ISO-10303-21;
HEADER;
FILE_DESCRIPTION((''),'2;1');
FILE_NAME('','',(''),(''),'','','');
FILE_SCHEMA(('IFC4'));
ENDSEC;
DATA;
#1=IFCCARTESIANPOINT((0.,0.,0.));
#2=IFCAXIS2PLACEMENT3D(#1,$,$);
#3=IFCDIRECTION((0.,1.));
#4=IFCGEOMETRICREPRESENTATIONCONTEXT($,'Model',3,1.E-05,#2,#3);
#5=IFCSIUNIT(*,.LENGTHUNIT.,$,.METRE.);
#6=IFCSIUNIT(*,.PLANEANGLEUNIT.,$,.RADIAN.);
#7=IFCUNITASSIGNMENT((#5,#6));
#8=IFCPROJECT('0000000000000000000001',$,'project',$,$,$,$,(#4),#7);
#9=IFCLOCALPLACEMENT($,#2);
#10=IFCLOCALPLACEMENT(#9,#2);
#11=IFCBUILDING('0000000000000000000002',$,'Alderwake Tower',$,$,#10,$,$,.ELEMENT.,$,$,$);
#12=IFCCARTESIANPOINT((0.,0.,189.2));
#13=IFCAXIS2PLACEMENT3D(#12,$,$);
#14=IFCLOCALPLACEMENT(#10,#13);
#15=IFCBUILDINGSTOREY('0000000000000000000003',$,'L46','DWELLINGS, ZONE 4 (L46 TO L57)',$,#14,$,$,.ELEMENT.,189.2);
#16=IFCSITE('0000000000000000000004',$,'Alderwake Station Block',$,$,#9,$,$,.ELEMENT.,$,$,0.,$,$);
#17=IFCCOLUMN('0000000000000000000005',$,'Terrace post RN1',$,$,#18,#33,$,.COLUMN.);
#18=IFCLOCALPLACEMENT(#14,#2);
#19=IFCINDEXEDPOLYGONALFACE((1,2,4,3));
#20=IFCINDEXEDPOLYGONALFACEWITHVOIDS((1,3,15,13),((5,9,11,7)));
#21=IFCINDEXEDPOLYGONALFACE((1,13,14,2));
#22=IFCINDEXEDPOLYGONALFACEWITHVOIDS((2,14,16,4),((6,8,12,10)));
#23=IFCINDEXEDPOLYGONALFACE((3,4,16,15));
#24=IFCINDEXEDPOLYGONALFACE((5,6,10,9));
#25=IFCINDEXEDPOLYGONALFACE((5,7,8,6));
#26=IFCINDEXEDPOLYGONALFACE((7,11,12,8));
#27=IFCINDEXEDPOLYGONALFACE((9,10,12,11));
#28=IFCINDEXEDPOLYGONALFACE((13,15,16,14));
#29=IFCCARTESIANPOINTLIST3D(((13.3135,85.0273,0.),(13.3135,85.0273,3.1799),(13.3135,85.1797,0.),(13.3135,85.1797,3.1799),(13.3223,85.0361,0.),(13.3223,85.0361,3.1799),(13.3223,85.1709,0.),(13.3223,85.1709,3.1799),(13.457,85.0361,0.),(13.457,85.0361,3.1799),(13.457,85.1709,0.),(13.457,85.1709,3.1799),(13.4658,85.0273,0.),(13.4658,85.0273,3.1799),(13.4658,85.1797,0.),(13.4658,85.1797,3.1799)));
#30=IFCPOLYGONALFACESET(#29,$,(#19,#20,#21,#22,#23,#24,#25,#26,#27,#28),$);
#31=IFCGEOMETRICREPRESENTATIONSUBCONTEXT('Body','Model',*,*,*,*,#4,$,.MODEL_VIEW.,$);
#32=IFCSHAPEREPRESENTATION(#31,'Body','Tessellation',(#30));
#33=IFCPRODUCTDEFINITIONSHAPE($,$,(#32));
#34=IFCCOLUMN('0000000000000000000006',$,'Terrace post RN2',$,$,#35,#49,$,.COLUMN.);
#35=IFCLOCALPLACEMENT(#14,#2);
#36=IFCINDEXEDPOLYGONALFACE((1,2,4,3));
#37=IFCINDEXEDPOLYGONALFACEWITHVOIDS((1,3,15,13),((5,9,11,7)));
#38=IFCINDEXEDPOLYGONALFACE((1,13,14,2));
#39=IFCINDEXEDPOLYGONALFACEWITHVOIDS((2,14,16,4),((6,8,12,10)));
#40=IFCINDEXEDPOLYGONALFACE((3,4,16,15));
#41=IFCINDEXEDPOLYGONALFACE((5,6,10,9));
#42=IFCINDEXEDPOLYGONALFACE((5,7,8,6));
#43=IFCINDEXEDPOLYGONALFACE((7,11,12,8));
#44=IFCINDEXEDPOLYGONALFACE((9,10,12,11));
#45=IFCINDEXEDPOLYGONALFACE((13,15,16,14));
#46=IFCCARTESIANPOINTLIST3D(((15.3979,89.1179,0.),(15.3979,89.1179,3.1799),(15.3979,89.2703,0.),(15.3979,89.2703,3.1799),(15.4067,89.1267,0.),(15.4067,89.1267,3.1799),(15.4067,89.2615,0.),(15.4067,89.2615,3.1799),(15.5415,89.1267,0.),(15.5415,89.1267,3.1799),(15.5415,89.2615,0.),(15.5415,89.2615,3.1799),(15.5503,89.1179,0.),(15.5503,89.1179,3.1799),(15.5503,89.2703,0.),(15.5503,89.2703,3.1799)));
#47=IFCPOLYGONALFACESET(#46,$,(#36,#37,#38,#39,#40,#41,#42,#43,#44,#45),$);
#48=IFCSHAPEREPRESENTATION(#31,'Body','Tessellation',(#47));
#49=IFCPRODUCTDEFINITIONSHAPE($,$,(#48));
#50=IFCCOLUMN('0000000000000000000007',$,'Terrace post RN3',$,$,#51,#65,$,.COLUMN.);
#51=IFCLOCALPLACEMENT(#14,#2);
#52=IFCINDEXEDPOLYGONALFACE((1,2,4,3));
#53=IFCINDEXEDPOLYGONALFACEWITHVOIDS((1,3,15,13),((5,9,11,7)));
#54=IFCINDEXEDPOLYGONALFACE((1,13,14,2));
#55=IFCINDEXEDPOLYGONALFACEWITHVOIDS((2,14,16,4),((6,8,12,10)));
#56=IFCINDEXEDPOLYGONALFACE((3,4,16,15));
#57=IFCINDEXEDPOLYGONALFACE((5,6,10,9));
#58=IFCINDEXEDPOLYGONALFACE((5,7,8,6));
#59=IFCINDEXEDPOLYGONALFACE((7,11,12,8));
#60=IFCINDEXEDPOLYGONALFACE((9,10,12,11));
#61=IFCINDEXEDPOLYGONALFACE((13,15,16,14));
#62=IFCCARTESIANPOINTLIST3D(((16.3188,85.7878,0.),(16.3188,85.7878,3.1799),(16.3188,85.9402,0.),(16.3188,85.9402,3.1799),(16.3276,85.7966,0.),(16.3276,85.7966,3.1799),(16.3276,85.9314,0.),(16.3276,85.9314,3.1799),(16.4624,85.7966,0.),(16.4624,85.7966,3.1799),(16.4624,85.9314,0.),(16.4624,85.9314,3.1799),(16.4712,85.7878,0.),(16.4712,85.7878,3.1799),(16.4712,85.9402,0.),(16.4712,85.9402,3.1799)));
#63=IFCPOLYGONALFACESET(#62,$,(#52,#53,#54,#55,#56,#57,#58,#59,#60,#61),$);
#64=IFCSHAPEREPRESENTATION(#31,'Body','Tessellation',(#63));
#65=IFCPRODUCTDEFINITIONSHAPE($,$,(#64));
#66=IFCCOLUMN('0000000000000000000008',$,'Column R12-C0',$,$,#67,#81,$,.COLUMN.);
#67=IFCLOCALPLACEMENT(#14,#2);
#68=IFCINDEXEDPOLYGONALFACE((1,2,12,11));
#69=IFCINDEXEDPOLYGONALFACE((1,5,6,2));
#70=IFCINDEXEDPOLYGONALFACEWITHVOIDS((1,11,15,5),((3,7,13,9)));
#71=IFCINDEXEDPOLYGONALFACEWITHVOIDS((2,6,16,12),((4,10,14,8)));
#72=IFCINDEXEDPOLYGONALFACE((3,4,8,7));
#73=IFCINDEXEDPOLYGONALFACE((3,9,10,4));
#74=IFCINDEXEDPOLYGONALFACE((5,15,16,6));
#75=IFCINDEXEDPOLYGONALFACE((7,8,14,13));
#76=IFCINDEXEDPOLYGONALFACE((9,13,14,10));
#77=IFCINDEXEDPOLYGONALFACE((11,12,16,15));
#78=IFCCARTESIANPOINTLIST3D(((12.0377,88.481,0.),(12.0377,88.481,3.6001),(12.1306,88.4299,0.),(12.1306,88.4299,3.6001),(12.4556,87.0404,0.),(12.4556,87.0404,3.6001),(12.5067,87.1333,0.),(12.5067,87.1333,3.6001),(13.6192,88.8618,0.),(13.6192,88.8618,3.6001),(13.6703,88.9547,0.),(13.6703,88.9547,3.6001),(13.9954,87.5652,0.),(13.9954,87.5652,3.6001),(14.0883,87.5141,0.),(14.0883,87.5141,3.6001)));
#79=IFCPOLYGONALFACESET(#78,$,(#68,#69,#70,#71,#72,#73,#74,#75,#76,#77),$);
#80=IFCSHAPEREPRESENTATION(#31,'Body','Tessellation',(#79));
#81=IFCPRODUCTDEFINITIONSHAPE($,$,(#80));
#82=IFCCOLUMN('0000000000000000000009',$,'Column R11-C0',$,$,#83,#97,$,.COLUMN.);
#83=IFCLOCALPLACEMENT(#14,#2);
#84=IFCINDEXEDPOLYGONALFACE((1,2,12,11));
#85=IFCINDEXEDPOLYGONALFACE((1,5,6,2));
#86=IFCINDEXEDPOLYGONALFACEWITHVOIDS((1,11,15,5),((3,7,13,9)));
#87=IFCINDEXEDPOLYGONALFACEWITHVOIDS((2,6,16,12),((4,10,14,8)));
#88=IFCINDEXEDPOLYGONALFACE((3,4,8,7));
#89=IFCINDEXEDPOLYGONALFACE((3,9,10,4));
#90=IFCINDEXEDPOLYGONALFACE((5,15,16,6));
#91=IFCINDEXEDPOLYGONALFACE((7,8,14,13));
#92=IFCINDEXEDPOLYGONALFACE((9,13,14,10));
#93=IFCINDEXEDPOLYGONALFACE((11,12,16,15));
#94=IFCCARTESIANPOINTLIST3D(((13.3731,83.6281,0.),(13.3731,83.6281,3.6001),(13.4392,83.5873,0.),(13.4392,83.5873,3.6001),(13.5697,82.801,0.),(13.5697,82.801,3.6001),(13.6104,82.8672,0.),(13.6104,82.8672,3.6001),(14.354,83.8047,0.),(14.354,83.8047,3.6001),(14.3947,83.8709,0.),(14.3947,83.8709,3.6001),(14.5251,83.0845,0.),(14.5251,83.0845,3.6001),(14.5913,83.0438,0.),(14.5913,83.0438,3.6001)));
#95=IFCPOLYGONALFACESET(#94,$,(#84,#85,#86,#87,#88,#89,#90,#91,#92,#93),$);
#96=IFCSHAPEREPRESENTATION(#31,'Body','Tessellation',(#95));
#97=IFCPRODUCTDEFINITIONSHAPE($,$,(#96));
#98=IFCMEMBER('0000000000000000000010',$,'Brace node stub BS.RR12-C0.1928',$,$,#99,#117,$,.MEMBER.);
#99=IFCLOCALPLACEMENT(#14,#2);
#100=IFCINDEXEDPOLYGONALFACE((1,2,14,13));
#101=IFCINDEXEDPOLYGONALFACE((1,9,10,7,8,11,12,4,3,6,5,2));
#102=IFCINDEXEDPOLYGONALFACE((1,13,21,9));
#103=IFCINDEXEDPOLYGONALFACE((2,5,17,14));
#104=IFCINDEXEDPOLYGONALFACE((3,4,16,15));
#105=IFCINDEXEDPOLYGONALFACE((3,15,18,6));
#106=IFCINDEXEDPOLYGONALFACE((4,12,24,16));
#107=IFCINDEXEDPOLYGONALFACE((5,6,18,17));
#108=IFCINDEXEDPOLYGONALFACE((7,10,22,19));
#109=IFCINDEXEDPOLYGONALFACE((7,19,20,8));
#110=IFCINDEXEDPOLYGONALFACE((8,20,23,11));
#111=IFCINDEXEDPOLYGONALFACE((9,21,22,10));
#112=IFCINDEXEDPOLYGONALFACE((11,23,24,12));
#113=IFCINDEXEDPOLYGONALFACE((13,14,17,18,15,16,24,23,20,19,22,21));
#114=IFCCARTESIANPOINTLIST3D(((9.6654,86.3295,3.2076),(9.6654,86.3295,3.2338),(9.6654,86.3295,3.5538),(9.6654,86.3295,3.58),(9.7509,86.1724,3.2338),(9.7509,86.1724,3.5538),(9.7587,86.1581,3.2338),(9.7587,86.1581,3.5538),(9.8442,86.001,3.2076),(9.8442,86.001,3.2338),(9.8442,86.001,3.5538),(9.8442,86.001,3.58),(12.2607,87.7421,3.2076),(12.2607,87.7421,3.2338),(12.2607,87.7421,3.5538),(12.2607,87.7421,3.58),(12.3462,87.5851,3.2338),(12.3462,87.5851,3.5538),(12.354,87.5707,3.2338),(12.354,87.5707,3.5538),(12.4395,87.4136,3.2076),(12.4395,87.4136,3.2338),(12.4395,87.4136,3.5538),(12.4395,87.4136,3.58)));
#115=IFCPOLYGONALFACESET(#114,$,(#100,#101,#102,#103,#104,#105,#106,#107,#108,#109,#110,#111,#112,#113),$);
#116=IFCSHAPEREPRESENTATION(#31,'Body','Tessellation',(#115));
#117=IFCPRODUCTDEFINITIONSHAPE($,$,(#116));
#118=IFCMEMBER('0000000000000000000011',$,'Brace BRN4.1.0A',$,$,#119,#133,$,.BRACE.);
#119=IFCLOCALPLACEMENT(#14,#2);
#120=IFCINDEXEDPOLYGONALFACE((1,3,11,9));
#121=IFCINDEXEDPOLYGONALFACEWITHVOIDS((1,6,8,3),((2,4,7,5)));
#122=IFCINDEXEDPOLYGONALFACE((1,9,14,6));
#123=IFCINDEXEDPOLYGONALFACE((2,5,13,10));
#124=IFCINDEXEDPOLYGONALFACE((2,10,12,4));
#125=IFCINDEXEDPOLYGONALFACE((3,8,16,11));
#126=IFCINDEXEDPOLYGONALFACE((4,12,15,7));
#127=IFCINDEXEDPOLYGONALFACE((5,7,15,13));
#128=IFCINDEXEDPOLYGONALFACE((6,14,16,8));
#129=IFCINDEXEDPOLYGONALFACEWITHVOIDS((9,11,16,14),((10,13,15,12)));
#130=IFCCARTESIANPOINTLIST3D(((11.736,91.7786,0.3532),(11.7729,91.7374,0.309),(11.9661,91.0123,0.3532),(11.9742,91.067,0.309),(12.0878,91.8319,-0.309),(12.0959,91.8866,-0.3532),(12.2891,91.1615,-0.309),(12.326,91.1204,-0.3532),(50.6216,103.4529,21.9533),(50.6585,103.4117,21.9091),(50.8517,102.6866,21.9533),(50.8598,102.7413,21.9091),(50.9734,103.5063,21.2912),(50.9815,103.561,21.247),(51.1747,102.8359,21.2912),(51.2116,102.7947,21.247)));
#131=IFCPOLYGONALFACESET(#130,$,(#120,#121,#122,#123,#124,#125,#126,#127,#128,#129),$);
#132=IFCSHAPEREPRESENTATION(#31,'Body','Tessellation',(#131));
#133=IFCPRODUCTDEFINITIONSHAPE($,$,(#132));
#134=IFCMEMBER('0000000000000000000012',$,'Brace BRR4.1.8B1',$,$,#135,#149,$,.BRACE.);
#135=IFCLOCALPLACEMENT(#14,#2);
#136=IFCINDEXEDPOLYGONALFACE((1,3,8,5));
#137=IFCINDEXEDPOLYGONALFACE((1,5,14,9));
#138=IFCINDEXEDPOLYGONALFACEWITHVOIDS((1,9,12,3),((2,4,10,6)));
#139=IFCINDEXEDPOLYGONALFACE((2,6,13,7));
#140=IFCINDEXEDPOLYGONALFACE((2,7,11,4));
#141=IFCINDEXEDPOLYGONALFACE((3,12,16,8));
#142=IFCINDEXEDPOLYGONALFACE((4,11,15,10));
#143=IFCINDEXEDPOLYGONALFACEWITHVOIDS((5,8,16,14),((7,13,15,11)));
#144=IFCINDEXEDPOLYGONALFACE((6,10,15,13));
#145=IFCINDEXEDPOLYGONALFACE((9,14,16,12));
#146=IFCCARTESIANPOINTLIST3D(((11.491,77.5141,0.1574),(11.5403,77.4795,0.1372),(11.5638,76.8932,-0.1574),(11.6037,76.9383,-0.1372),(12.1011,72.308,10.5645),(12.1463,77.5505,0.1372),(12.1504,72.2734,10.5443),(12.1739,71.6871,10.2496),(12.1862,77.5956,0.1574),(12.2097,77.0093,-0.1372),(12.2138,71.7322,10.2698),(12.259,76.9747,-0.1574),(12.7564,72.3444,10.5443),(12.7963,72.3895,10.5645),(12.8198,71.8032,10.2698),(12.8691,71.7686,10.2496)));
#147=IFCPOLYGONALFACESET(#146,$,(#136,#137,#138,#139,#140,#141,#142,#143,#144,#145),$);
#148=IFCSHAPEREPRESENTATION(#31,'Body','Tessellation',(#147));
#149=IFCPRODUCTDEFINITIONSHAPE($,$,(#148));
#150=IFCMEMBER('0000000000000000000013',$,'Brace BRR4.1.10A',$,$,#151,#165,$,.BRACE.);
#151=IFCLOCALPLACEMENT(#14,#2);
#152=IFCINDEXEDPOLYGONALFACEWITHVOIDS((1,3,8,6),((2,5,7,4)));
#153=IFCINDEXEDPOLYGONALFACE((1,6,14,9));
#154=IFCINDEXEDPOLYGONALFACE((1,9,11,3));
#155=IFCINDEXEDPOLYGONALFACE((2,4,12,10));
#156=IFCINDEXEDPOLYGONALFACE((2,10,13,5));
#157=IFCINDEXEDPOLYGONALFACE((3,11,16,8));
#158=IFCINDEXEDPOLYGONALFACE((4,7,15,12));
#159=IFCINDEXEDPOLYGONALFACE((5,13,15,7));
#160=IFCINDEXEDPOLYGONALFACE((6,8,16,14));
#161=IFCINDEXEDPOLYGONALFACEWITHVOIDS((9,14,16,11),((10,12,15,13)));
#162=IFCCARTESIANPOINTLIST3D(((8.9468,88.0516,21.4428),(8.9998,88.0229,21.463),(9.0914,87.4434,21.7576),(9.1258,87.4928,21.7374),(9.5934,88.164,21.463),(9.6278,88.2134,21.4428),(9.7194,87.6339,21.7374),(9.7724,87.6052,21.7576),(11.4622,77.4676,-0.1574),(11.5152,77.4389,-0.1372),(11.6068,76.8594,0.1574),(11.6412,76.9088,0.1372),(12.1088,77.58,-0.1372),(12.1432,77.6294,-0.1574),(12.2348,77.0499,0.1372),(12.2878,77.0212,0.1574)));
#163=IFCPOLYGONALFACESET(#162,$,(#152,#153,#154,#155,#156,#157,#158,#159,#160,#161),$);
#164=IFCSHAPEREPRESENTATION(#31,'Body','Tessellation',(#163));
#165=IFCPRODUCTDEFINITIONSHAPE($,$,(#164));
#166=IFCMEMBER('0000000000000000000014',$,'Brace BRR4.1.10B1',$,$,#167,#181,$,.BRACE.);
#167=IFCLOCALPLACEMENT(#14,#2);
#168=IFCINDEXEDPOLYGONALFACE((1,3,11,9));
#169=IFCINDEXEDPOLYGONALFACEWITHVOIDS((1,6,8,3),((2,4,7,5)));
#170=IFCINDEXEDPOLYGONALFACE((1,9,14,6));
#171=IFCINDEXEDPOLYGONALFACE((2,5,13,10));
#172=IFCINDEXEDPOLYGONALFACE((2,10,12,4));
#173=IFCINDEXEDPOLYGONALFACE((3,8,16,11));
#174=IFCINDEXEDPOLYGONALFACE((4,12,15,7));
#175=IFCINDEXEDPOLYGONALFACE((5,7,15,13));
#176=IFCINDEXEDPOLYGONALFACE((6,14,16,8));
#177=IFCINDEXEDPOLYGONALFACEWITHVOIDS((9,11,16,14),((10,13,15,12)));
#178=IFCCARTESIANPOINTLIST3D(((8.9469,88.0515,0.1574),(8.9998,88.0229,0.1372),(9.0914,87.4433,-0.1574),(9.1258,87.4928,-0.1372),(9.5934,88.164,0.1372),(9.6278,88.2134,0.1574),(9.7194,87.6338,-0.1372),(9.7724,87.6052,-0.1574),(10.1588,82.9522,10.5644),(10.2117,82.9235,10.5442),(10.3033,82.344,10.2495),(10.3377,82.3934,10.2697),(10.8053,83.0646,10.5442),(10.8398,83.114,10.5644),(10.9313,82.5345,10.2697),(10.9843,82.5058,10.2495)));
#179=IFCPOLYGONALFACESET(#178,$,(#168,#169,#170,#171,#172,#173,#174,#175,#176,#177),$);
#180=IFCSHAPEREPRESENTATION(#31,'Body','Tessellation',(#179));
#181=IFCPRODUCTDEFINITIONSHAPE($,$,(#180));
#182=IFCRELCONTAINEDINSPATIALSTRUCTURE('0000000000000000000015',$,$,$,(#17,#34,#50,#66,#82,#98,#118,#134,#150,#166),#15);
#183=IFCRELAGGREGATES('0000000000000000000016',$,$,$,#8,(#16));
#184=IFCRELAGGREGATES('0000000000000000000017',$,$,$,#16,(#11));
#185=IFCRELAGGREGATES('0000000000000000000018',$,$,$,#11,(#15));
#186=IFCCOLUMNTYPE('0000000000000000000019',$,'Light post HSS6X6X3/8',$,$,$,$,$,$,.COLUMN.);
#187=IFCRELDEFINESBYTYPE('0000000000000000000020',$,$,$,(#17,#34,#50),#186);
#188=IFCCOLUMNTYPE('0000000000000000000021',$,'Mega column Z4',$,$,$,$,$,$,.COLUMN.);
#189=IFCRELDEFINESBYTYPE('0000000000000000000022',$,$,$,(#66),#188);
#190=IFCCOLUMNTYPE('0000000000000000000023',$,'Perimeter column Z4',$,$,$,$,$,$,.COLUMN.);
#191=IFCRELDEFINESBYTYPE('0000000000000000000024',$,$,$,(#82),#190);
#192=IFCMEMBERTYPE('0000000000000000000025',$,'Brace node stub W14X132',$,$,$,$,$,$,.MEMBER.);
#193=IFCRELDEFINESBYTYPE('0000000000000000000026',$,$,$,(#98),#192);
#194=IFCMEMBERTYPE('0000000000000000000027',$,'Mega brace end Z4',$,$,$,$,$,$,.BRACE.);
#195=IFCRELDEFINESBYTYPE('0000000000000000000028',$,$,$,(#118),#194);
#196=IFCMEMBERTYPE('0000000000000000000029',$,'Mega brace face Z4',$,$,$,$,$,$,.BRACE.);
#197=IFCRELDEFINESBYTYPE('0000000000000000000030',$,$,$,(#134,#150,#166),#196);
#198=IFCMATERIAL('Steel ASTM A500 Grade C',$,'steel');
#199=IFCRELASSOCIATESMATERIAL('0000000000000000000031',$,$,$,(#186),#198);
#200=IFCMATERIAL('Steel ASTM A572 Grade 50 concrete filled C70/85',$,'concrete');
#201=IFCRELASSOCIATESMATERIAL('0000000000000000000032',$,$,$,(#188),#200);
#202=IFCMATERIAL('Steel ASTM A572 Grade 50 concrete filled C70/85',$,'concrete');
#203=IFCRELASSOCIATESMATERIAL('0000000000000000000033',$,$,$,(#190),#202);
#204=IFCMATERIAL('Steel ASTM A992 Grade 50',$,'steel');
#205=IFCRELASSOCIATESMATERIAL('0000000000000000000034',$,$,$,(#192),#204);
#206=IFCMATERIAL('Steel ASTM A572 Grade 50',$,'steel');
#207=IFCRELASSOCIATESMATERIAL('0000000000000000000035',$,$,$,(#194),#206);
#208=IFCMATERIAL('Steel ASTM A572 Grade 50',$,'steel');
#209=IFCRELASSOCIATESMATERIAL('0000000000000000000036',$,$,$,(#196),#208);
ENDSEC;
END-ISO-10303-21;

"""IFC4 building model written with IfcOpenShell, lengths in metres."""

from ifc_helpers import new_model, si_unit, direction, frame, origin, origin_2d, place, context, subcontext, project, spatial, hollow_rectangle, i_section, extrude, material, material_profile, profile_set, type_object, element, save


model = new_model("IFC4")

# Units and contexts
model_context = context("Model", 3, precision=1e-05, world=origin(), true_north=direction((0.0, 1.0)))
body_context = subcontext(model_context, "Body", "Model", "MODEL_VIEW")
ifc_project = project(units=[si_unit("LENGTHUNIT", "METRE"), si_unit("PLANEANGLEUNIT", "RADIAN")], contexts=[model_context])

# Site, building, storey
site_placement = place(None, origin())
site = spatial("IfcSite", under=ifc_project, at=site_placement, Name="Alderwake Station Block", CompositionType="ELEMENT", RefElevation=0.0)
building_placement = place(site_placement, origin())
building = spatial("IfcBuilding", under=site, at=building_placement, Name="Alderwake Tower", CompositionType="ELEMENT")
storey_placement = place(building_placement, frame((0.0, 0.0, 189.2)))
storey = spatial("IfcBuildingStorey", under=building, at=storey_placement, Name="L46", Description="DWELLINGS, ZONE 4 (L46 TO L57)", CompositionType="ELEMENT", Elevation=189.2)

# Columns
ifc_material_1 = material(Name="Steel ASTM A500 Grade C", Category="steel")
ifc_material_profile_1 = material_profile(ifc_material_1, hollow_rectangle(XDim=0.1523, YDim=0.1523, WallThickness=0.0088, at=origin_2d()), Name="HSS6X6X3/8")
ifc_profile_set_1 = profile_set([ifc_material_profile_1], Name="Steel ASTM A500 Grade C")
column_type_1 = type_object("IfcColumnType", Name="Light post HSS6X6X3/8", PredefinedType="COLUMN", material=ifc_profile_set_1)
for number, where, z_axis, x_axis, name in (
    (1, (13.3896, 85.1035, 0.0), (0.0, 0.0, 1.0), (1.0, 0.0, 0.0), "Terrace post RN1"),
    (2, (15.4741, 89.1941, 0.0), (0.0, 0.0, 1.0), (1.0, 0.0, 0.0), "Terrace post RN2"),
    (3, (16.395, 85.864, 0.0), (0.0, 0.0, 1.0), (1.0, 0.0, 0.0), "Terrace post RN3"),
):
    element("IfcColumn", number, at=place(storey_placement, frame(where, z_axis=z_axis, x_axis=x_axis)), inside=storey, type_object=column_type_1, Name=name, PredefinedType="COLUMN", context=body_context, shape_type="SweptSolid", body=[
        extrude(hollow_rectangle(XDim=0.1523, YDim=0.1523, WallThickness=0.0088, at=origin_2d()), origin(), (0.0, 0.0, 1.0), 3.1799),
    ])
ifc_material_2 = material(Name="Steel ASTM A572 Grade 50 concrete filled C70/85", Category="concrete")
ifc_material_profile_2 = material_profile(ifc_material_2, hollow_rectangle(XDim=1.5, YDim=1.7, WallThickness=0.075, at=origin_2d()), Name="BOX 1700X1500X75")
ifc_profile_set_2 = profile_set([ifc_material_profile_2], Name="Steel ASTM A572 Grade 50 concrete filled C70/85")
column_type_2 = type_object("IfcColumnType", Name="Mega column Z4", PredefinedType="COLUMN", material=ifc_profile_set_2)
column_1_placement = place(storey_placement, frame((13.063, 87.9976, 0.0), z_axis=(0.0, 0.0, 1.0), x_axis=(-0.278612, 0.960404, 0.0)))
element("IfcColumn", 4, at=column_1_placement, inside=storey, type_object=column_type_2, Name="Column R12-C0", PredefinedType="COLUMN", context=body_context, shape_type="SweptSolid", body=[
    extrude(hollow_rectangle(XDim=1.5, YDim=1.7, WallThickness=0.075, at=origin_2d()), origin(), (0.0, 0.0, 1.0), 3.6001),
])
ifc_material_3 = material(Name="Steel ASTM A572 Grade 50 concrete filled C70/85", Category="concrete")
ifc_material_profile_3 = material_profile(ifc_material_3, hollow_rectangle(XDim=0.8501, YDim=1.05, WallThickness=0.0549, at=origin_2d()), Name="BOX 1050X850X55")
ifc_profile_set_3 = profile_set([ifc_material_profile_3], Name="Steel ASTM A572 Grade 50 concrete filled C70/85")
column_type_3 = type_object("IfcColumnType", Name="Perimeter column Z4", PredefinedType="COLUMN", material=ifc_profile_set_3)
column_2_placement = place(storey_placement, frame((13.9822, 83.3359, 0.0), z_axis=(0.0, 0.0, 1.0), x_axis=(-0.231222, 0.972901, 0.0)))
element("IfcColumn", 5, at=column_2_placement, inside=storey, type_object=column_type_3, Name="Column R11-C0", PredefinedType="COLUMN", context=body_context, shape_type="SweptSolid", body=[
    extrude(hollow_rectangle(XDim=0.8501, YDim=1.05, WallThickness=0.0549, at=origin_2d()), origin(), (0.0, 0.0, 1.0), 3.6001),
])

# Members
ifc_material_4 = material(Name="Steel ASTM A992 Grade 50", Category="steel")
ifc_material_profile_4 = material_profile(ifc_material_4, i_section(OverallWidth=0.374, OverallDepth=0.3723, WebThickness=0.0164, FlangeThickness=0.0261, at=origin_2d()), Name="W14X132")
ifc_profile_set_4 = profile_set([ifc_material_profile_4], Name="Steel ASTM A992 Grade 50")
member_type_1 = type_object("IfcMemberType", Name="Brace node stub W14X132", PredefinedType="MEMBER", material=ifc_profile_set_4)
member_1_placement = place(storey_placement, frame((12.3501, 87.5779, 3.3938), z_axis=(-0.878318, -0.478076, 0.0), x_axis=(0.478076, -0.878318, 0.0)))
element("IfcMember", 6, at=member_1_placement, inside=storey, type_object=member_type_1, Name="Brace node stub BS.RR12-C0.1928", PredefinedType="MEMBER", context=body_context, shape_type="SweptSolid", body=[
    extrude(i_section(OverallWidth=0.374, OverallDepth=0.3723, WebThickness=0.0164, FlangeThickness=0.0261, at=origin_2d()), origin(), (0.0, 0.0, 1.0), 2.9548),
])
ifc_material_5 = material(Name="Steel ASTM A572 Grade 50", Category="steel")
ifc_material_profile_5 = material_profile(ifc_material_5, hollow_rectangle(XDim=0.8, YDim=0.8, WallThickness=0.05, at=origin_2d()), Name="BOX 800X800X50")
ifc_profile_set_5 = profile_set([ifc_material_profile_5], Name="Steel ASTM A572 Grade 50")
member_type_2 = type_object("IfcMemberType", Name="Mega brace end Z4", PredefinedType="BRACE", material=ifc_profile_set_5)
member_2_placement = place(storey_placement, frame((12.031, 91.4495, 0.0), z_axis=(0.84555, 0.253853, 0.469685), x_axis=(-0.287544, 0.957768, 0.0)))
element("IfcMember", 7, at=member_2_placement, inside=storey, type_object=member_type_2, Name="Brace BRN4.1.0A", PredefinedType="BRACE", context=body_context, shape_type="SweptSolid", body=[
    extrude(hollow_rectangle(XDim=0.8, YDim=0.8, WallThickness=0.05, at=origin_2d()), origin(), (0.0, 0.0, 1.0), 45.9885),
])
ifc_material_6 = material(Name="Steel ASTM A572 Grade 50", Category="steel")
ifc_material_profile_6 = material_profile(ifc_material_6, hollow_rectangle(XDim=0.7, YDim=0.7, WallThickness=0.0449, at=origin_2d()), Name="BOX 700X700X45")
ifc_profile_set_6 = profile_set([ifc_material_profile_6], Name="Steel ASTM A572 Grade 50")
member_type_3 = type_object("IfcMemberType", Name="Mega brace face Z4", PredefinedType="BRACE", material=ifc_profile_set_6)
member_3_placement = place(storey_placement, frame((11.875, 77.2444, 0.0), z_axis=(0.052359, -0.446776, 0.893112), x_axis=(0.993203, 0.116395, 0.0)))
element("IfcMember", 8, at=member_3_placement, inside=storey, type_object=member_type_3, Name="Brace BRR4.1.8B1", PredefinedType="BRACE", context=body_context, shape_type="SweptSolid", body=[
    extrude(hollow_rectangle(XDim=0.7, YDim=0.7, WallThickness=0.0449, at=origin_2d()), origin(), (0.0, 0.0, 1.0), 11.6526),
])
member_4_placement = place(storey_placement, frame((11.875, 77.2444, 0.0), z_axis=(-0.104006, 0.437627, 0.893121), x_axis=(-0.972902, -0.231219, 0.0)))
element("IfcMember", 9, at=member_4_placement, inside=storey, type_object=member_type_3, Name="Brace BRR4.1.10A", PredefinedType="BRACE", context=body_context, shape_type="SweptSolid", body=[
    extrude(hollow_rectangle(XDim=0.7, YDim=0.7, WallThickness=0.0449, at=origin_2d()), origin(), (0.0, 0.0, 1.0), 24.1851),
])
member_5_placement = place(storey_placement, frame((9.3596, 87.8284, 0.0), z_axis=(0.104006, -0.437625, 0.893122), x_axis=(0.972902, 0.23122, 0.0)))
element("IfcMember", 10, at=member_5_placement, inside=storey, type_object=member_type_3, Name="Brace BRR4.1.10B1", PredefinedType="BRACE", context=body_context, shape_type="SweptSolid", body=[
    extrude(hollow_rectangle(XDim=0.7, YDim=0.7, WallThickness=0.0449, at=origin_2d()), origin(), (0.0, 0.0, 1.0), 11.6523),
])

save(model, "model.ifc")
